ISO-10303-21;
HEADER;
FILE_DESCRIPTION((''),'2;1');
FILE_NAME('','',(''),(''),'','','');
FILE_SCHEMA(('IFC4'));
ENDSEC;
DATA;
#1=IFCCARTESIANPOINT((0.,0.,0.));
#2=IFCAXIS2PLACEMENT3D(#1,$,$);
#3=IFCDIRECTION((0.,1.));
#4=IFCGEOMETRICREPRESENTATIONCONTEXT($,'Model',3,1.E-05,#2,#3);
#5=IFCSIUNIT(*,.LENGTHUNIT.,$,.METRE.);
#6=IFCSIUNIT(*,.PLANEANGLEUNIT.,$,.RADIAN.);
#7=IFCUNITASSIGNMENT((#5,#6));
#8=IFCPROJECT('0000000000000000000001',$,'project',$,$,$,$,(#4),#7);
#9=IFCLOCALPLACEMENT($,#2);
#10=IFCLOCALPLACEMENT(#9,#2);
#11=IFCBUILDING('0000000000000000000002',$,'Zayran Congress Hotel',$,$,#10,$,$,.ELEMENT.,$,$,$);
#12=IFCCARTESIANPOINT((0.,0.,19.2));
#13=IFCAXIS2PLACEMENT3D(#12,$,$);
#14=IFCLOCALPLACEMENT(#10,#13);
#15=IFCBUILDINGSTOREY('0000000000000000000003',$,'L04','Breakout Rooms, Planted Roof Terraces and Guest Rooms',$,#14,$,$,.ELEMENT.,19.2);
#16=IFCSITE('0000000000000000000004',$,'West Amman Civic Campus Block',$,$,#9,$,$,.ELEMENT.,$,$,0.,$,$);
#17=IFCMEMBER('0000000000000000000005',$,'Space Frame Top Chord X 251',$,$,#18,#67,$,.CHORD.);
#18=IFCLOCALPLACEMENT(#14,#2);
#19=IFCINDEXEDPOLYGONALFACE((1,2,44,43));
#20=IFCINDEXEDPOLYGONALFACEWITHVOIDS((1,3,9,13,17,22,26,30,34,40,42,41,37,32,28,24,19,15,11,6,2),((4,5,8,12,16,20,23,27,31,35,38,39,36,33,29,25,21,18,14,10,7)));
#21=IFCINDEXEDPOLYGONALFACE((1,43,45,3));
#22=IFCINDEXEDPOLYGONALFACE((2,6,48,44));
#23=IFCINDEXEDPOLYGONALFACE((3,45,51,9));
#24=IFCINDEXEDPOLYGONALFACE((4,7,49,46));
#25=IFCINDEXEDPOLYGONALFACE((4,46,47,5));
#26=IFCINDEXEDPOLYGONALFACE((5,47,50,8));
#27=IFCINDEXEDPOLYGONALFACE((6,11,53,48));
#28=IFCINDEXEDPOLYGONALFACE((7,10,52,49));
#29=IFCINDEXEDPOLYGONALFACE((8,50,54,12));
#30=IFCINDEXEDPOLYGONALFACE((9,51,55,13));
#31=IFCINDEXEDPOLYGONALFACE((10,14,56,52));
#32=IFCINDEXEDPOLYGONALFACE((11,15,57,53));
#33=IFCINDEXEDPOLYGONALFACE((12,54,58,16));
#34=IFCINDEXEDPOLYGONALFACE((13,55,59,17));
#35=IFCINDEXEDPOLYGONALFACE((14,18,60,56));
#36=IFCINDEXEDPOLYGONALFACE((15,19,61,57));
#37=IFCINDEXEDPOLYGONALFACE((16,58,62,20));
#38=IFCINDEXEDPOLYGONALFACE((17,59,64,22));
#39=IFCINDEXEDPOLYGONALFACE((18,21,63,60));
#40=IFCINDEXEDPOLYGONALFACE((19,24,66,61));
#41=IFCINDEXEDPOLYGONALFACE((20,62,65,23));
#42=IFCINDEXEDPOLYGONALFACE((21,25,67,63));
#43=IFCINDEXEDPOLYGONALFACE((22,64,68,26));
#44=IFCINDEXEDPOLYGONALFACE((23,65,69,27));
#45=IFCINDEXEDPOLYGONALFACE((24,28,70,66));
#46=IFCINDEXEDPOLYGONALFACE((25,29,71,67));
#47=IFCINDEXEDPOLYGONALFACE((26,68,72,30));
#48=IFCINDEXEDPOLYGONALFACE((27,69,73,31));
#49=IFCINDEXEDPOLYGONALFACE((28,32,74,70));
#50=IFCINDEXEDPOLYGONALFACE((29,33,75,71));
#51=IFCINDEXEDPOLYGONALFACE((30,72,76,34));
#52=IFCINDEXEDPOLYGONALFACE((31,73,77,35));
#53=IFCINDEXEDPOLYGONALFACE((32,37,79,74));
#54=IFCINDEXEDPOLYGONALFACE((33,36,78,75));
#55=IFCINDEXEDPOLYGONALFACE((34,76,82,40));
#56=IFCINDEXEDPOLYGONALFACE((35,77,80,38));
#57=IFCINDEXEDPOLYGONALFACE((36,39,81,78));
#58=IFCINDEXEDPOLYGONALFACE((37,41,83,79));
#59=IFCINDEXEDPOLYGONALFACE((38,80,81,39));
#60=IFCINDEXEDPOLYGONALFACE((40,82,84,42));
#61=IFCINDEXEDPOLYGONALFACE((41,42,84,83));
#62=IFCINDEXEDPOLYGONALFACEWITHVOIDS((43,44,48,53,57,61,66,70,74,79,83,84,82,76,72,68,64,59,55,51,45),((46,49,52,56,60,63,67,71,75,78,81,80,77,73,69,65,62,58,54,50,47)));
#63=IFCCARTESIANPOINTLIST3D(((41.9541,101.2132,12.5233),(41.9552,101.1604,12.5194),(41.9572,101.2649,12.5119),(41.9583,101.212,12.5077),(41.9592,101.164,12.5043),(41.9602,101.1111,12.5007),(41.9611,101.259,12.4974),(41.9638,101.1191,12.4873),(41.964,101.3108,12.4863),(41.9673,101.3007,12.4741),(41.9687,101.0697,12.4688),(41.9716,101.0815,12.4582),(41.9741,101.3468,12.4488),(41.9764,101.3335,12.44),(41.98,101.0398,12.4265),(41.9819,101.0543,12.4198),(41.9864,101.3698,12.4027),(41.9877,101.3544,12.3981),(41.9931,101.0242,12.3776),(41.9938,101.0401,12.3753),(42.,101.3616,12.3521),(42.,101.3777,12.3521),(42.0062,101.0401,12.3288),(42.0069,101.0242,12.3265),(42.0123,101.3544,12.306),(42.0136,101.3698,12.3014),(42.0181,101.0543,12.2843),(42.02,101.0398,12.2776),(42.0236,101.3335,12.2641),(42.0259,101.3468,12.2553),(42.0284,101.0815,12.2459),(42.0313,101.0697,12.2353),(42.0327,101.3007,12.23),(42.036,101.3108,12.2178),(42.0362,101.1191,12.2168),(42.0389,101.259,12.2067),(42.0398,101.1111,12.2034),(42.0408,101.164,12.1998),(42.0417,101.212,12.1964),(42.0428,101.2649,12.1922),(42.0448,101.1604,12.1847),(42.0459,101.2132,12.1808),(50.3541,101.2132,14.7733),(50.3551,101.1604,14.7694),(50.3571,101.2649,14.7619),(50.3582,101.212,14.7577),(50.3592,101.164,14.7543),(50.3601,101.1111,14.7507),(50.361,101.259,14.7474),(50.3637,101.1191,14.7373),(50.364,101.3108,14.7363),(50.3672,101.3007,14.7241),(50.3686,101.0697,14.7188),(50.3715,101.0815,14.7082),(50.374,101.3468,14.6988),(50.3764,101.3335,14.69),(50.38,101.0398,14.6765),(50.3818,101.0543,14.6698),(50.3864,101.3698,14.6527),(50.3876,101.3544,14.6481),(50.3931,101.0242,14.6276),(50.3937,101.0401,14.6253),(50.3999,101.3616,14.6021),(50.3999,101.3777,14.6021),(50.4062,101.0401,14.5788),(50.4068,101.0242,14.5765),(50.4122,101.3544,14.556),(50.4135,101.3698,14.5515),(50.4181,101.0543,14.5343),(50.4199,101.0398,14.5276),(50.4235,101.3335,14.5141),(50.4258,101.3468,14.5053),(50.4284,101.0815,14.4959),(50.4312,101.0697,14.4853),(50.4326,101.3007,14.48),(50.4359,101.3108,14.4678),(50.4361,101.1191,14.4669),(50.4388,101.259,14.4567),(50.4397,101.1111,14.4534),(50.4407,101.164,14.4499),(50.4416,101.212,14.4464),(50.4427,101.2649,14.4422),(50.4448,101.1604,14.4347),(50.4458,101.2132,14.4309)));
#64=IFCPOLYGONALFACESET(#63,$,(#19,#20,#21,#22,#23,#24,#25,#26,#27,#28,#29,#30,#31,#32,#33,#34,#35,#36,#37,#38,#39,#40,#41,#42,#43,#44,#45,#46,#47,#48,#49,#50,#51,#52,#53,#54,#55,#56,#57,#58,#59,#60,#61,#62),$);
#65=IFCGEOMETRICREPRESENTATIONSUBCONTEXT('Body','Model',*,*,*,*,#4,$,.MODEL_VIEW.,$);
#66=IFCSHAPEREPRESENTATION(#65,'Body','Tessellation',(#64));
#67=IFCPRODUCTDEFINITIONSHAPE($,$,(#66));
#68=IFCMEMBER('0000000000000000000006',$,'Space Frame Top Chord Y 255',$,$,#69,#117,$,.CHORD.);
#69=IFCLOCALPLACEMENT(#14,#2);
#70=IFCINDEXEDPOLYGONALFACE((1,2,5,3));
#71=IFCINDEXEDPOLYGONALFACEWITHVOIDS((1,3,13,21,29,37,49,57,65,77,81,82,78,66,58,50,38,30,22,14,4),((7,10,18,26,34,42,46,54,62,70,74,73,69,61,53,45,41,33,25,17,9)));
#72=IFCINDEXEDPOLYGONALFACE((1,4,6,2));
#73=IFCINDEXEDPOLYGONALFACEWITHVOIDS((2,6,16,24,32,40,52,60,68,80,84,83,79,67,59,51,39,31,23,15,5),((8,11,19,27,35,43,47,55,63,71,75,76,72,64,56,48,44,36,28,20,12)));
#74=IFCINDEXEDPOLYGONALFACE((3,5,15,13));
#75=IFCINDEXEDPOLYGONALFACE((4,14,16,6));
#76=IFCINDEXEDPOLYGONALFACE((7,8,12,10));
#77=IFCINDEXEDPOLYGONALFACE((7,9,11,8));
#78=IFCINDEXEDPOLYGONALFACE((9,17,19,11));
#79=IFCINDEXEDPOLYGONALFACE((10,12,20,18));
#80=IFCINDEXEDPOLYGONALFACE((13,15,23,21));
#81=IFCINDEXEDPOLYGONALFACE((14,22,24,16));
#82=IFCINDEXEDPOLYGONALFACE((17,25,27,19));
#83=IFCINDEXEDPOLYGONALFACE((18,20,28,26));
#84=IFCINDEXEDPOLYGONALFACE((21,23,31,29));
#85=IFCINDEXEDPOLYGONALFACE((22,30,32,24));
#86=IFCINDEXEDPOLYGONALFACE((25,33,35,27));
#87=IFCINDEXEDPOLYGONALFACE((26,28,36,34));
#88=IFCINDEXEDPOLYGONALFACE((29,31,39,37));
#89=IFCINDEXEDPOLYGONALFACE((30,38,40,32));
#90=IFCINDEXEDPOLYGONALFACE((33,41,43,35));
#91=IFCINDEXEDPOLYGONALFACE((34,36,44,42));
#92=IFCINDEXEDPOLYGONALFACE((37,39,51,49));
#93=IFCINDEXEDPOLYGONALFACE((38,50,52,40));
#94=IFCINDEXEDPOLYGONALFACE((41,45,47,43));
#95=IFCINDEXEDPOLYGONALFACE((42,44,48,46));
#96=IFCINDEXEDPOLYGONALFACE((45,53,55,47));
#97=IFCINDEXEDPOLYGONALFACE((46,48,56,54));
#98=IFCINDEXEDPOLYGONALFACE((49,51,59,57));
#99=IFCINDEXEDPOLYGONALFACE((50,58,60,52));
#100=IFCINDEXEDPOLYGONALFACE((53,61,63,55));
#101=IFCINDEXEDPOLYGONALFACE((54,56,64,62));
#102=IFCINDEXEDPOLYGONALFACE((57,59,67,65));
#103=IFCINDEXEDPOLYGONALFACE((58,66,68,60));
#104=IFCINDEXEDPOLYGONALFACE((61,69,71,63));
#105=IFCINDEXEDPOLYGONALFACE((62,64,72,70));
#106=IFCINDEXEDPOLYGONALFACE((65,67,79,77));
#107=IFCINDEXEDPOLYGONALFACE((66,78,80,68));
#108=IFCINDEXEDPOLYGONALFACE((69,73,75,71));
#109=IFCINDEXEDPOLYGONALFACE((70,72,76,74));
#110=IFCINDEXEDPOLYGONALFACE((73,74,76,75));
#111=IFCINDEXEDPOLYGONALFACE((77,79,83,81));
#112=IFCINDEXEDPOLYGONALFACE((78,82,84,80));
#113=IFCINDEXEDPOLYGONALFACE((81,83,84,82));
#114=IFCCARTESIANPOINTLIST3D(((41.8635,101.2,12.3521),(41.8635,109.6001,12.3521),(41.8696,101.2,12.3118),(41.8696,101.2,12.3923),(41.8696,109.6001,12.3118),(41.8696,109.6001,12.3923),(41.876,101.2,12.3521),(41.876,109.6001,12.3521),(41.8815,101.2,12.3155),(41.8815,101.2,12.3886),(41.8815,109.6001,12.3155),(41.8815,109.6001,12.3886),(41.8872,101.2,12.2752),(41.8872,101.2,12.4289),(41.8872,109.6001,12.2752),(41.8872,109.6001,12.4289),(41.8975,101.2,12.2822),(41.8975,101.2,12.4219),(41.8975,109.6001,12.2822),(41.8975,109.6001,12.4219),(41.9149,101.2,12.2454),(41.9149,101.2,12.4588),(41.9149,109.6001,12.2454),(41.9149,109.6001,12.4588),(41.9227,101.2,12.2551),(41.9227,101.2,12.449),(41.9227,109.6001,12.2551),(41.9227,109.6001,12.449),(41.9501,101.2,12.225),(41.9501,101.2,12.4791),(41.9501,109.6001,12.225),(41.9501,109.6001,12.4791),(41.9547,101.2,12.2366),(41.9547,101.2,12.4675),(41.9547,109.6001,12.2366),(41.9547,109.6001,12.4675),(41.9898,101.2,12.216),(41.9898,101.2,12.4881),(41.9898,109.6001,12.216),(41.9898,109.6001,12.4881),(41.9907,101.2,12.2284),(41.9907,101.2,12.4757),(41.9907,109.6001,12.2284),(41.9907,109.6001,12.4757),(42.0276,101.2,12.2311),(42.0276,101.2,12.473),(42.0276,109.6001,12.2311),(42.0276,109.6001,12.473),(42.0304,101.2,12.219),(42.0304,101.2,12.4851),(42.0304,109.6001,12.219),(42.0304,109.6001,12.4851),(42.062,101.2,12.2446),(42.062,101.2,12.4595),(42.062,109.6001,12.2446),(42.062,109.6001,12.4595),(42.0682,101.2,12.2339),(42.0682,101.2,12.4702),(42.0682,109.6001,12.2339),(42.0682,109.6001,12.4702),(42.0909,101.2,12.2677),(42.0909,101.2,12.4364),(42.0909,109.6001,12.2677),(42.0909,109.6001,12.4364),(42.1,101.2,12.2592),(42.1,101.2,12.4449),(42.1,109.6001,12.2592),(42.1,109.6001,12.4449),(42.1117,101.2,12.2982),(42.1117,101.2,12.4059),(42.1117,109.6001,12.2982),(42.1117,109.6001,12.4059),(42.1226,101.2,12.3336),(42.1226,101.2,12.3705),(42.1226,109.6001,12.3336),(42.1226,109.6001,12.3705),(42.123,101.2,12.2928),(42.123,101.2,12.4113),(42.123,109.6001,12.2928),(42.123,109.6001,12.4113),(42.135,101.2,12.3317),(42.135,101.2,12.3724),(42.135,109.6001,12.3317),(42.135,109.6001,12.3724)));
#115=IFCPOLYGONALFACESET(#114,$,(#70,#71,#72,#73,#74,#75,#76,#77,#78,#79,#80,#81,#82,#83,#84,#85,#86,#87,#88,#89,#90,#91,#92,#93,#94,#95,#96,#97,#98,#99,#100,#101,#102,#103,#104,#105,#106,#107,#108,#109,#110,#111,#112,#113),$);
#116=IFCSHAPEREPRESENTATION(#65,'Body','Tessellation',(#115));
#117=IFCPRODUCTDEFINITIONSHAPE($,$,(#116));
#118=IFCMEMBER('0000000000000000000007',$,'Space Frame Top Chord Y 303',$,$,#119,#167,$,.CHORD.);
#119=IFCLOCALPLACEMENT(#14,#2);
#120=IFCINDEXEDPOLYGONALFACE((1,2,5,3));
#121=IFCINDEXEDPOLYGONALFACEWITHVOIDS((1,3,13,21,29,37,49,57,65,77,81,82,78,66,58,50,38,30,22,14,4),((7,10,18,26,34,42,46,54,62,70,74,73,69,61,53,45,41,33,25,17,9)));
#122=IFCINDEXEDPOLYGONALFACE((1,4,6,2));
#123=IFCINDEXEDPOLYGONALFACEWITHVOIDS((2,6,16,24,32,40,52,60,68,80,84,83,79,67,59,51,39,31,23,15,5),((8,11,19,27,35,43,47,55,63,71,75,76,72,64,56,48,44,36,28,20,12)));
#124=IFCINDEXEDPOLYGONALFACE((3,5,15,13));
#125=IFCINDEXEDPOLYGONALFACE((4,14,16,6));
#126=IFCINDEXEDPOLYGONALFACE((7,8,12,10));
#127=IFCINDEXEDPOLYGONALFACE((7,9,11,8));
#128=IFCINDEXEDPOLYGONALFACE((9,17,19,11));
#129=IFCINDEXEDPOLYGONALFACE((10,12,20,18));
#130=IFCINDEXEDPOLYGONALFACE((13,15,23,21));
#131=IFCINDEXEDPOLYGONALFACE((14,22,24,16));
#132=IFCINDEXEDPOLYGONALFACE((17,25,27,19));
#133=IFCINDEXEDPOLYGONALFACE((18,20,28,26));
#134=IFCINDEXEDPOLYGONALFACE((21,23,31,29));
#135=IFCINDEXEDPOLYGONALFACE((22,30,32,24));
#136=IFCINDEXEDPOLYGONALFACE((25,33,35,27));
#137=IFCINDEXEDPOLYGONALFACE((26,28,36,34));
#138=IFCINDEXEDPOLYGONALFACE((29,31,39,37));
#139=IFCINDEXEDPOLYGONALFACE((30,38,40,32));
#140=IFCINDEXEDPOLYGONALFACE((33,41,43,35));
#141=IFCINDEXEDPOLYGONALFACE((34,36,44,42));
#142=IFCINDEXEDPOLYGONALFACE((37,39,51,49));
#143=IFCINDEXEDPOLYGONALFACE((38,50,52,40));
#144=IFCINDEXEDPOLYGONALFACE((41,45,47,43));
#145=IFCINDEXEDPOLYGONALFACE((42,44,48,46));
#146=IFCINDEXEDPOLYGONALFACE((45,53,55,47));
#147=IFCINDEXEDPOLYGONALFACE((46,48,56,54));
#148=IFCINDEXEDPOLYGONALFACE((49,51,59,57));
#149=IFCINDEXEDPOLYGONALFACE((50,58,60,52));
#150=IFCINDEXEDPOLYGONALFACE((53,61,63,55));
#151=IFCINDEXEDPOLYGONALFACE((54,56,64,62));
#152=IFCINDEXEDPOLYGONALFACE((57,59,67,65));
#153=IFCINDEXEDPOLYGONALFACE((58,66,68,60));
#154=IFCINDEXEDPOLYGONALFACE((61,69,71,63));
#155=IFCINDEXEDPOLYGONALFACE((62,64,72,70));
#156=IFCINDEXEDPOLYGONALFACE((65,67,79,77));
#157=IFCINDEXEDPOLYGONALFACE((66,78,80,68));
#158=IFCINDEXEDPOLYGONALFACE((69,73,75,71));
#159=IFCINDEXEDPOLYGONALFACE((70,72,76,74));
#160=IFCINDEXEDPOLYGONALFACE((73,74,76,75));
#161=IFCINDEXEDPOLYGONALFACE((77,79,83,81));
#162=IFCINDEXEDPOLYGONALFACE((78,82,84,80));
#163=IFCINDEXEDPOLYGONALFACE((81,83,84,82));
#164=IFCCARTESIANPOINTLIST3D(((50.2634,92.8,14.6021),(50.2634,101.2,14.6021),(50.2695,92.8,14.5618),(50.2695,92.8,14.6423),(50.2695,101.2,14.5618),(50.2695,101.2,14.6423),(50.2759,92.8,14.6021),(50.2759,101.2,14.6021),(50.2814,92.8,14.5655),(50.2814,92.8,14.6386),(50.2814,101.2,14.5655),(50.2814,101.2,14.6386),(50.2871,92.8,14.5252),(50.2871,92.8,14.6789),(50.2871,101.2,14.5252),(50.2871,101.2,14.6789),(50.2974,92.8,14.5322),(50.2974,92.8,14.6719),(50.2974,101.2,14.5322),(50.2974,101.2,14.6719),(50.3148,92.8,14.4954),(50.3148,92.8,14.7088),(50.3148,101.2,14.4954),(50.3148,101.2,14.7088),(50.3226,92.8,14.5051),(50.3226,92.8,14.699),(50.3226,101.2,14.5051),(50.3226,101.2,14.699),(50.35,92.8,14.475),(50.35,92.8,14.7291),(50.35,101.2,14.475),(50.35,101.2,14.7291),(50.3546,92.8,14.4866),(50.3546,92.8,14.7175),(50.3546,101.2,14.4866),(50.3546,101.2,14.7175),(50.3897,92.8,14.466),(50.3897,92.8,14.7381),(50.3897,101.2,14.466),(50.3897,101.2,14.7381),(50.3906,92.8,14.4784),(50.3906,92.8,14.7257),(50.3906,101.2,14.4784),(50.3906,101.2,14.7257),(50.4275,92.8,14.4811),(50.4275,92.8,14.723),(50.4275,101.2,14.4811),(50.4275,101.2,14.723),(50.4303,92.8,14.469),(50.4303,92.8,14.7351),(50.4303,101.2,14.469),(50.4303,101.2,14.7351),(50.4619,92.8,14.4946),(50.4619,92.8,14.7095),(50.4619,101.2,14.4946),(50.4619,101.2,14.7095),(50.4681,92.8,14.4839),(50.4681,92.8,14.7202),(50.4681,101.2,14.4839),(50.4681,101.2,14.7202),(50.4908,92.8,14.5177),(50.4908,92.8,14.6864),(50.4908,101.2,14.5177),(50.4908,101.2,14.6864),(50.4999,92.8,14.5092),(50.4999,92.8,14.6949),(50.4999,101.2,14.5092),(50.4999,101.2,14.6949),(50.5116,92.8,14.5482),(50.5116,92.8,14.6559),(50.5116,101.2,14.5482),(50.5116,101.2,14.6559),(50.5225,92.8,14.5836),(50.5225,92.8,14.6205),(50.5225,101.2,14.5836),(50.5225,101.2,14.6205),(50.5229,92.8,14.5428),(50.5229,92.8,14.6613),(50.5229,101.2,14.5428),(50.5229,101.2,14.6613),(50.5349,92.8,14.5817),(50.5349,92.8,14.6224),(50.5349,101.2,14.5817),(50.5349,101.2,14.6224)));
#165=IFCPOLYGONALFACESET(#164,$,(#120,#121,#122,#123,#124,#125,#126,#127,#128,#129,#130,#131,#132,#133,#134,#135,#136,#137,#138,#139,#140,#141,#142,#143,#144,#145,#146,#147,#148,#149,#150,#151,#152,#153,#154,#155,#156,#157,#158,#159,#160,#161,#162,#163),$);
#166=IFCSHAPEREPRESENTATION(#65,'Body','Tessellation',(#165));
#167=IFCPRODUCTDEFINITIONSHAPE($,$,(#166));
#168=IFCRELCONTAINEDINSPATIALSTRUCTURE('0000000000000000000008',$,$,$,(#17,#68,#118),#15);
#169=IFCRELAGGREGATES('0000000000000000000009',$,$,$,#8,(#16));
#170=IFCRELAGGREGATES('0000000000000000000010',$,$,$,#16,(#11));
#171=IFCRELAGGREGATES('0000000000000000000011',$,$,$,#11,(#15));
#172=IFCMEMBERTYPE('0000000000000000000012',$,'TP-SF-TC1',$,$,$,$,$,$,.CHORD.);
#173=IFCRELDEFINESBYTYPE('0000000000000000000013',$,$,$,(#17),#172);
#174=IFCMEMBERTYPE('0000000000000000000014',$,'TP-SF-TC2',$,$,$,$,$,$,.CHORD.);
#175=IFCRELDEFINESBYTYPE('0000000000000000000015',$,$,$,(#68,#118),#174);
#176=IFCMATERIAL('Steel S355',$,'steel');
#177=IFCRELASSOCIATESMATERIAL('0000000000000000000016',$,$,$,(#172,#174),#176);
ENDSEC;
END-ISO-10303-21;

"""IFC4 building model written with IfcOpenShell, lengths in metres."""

from ifc_helpers import new_model, si_unit, direction, frame, origin, origin_2d, place, context, subcontext, project, spatial, hollow_circle, extrude, material, material_profile, profile_set, type_object, element, save


model = new_model("IFC4")

# Units and contexts
model_context = context("Model", 3, precision=1e-05, world=origin(), true_north=direction((0.0, 1.0)))
body_context = subcontext(model_context, "Body", "Model", "MODEL_VIEW")
ifc_project = project(units=[si_unit("LENGTHUNIT", "METRE"), si_unit("PLANEANGLEUNIT", "RADIAN")], contexts=[model_context])

# Site, building, storey
site_placement = place(None, origin())
site = spatial("IfcSite", under=ifc_project, at=site_placement, Name="West Amman Civic Campus Block", CompositionType="ELEMENT", RefElevation=0.0)
building_placement = place(site_placement, origin())
building = spatial("IfcBuilding", under=site, at=building_placement, Name="Zayran Congress Hotel", CompositionType="ELEMENT")
storey_placement = place(building_placement, frame((0.0, 0.0, 19.2)))
storey = spatial("IfcBuildingStorey", under=building, at=storey_placement, Name="L04", Description="Breakout Rooms, Planted Roof Terraces and Guest Rooms", CompositionType="ELEMENT", Elevation=19.2)

# Members
ifc_material_1 = material(Name="Steel S355", Category="steel")
ifc_material_profile_1 = material_profile(ifc_material_1, hollow_circle(Radius=0.1777, WallThickness=0.0161, at=origin_2d()), Name="CHS 355.6x16")
ifc_profile_set_1 = profile_set([ifc_material_profile_1], Name="Steel S355")
member_type_1 = type_object("IfcMemberType", Name="TP-SF-TC1", PredefinedType="CHORD", material=ifc_profile_set_1)
member_1_placement = place(storey_placement, frame((42.0, 101.2, 12.3521), z_axis=(0.965947, 0.0, 0.258739), x_axis=(0.0, 1.0, 0.0)))
element("IfcMember", 1, at=member_1_placement, inside=storey, type_object=member_type_1, Name="Space Frame Top Chord X 251", PredefinedType="CHORD", context=body_context, shape_type="SweptSolid", body=[
    extrude(hollow_circle(Radius=0.1777, WallThickness=0.0161, at=origin_2d()), origin(), (0.0, 0.0, 1.0), 8.696),
])
ifc_material_profile_2 = material_profile(ifc_material_1, hollow_circle(Radius=0.1365, WallThickness=0.0125, at=origin_2d()), Name="CHS 273x12.5")
ifc_profile_set_2 = profile_set([ifc_material_profile_2], Name="Steel S355")
member_type_2 = type_object("IfcMemberType", Name="TP-SF-TC2", PredefinedType="CHORD", material=ifc_profile_set_2)
member_2_placement = place(storey_placement, frame((42.0, 101.2, 12.3521), z_axis=(0.0, 1.0, 0.0), x_axis=(-1.0, 0.0, 0.0)))
element("IfcMember", 2, at=member_2_placement, inside=storey, type_object=member_type_2, Name="Space Frame Top Chord Y 255", PredefinedType="CHORD", context=body_context, shape_type="SweptSolid", body=[
    extrude(hollow_circle(Radius=0.1365, WallThickness=0.0125, at=origin_2d()), origin(), (0.0, 0.0, 1.0), 8.4001),
])
member_3_placement = place(storey_placement, frame((50.3999, 92.8, 14.6021), z_axis=(0.0, 1.0, 0.0), x_axis=(-1.0, 0.0, 0.0)))
element("IfcMember", 3, at=member_3_placement, inside=storey, type_object=member_type_2, Name="Space Frame Top Chord Y 303", PredefinedType="CHORD", context=body_context, shape_type="SweptSolid", body=[
    extrude(hollow_circle(Radius=0.1365, WallThickness=0.0125, at=origin_2d()), origin(), (0.0, 0.0, 1.0), 8.3999),
])

save(model, "model.ifc")
